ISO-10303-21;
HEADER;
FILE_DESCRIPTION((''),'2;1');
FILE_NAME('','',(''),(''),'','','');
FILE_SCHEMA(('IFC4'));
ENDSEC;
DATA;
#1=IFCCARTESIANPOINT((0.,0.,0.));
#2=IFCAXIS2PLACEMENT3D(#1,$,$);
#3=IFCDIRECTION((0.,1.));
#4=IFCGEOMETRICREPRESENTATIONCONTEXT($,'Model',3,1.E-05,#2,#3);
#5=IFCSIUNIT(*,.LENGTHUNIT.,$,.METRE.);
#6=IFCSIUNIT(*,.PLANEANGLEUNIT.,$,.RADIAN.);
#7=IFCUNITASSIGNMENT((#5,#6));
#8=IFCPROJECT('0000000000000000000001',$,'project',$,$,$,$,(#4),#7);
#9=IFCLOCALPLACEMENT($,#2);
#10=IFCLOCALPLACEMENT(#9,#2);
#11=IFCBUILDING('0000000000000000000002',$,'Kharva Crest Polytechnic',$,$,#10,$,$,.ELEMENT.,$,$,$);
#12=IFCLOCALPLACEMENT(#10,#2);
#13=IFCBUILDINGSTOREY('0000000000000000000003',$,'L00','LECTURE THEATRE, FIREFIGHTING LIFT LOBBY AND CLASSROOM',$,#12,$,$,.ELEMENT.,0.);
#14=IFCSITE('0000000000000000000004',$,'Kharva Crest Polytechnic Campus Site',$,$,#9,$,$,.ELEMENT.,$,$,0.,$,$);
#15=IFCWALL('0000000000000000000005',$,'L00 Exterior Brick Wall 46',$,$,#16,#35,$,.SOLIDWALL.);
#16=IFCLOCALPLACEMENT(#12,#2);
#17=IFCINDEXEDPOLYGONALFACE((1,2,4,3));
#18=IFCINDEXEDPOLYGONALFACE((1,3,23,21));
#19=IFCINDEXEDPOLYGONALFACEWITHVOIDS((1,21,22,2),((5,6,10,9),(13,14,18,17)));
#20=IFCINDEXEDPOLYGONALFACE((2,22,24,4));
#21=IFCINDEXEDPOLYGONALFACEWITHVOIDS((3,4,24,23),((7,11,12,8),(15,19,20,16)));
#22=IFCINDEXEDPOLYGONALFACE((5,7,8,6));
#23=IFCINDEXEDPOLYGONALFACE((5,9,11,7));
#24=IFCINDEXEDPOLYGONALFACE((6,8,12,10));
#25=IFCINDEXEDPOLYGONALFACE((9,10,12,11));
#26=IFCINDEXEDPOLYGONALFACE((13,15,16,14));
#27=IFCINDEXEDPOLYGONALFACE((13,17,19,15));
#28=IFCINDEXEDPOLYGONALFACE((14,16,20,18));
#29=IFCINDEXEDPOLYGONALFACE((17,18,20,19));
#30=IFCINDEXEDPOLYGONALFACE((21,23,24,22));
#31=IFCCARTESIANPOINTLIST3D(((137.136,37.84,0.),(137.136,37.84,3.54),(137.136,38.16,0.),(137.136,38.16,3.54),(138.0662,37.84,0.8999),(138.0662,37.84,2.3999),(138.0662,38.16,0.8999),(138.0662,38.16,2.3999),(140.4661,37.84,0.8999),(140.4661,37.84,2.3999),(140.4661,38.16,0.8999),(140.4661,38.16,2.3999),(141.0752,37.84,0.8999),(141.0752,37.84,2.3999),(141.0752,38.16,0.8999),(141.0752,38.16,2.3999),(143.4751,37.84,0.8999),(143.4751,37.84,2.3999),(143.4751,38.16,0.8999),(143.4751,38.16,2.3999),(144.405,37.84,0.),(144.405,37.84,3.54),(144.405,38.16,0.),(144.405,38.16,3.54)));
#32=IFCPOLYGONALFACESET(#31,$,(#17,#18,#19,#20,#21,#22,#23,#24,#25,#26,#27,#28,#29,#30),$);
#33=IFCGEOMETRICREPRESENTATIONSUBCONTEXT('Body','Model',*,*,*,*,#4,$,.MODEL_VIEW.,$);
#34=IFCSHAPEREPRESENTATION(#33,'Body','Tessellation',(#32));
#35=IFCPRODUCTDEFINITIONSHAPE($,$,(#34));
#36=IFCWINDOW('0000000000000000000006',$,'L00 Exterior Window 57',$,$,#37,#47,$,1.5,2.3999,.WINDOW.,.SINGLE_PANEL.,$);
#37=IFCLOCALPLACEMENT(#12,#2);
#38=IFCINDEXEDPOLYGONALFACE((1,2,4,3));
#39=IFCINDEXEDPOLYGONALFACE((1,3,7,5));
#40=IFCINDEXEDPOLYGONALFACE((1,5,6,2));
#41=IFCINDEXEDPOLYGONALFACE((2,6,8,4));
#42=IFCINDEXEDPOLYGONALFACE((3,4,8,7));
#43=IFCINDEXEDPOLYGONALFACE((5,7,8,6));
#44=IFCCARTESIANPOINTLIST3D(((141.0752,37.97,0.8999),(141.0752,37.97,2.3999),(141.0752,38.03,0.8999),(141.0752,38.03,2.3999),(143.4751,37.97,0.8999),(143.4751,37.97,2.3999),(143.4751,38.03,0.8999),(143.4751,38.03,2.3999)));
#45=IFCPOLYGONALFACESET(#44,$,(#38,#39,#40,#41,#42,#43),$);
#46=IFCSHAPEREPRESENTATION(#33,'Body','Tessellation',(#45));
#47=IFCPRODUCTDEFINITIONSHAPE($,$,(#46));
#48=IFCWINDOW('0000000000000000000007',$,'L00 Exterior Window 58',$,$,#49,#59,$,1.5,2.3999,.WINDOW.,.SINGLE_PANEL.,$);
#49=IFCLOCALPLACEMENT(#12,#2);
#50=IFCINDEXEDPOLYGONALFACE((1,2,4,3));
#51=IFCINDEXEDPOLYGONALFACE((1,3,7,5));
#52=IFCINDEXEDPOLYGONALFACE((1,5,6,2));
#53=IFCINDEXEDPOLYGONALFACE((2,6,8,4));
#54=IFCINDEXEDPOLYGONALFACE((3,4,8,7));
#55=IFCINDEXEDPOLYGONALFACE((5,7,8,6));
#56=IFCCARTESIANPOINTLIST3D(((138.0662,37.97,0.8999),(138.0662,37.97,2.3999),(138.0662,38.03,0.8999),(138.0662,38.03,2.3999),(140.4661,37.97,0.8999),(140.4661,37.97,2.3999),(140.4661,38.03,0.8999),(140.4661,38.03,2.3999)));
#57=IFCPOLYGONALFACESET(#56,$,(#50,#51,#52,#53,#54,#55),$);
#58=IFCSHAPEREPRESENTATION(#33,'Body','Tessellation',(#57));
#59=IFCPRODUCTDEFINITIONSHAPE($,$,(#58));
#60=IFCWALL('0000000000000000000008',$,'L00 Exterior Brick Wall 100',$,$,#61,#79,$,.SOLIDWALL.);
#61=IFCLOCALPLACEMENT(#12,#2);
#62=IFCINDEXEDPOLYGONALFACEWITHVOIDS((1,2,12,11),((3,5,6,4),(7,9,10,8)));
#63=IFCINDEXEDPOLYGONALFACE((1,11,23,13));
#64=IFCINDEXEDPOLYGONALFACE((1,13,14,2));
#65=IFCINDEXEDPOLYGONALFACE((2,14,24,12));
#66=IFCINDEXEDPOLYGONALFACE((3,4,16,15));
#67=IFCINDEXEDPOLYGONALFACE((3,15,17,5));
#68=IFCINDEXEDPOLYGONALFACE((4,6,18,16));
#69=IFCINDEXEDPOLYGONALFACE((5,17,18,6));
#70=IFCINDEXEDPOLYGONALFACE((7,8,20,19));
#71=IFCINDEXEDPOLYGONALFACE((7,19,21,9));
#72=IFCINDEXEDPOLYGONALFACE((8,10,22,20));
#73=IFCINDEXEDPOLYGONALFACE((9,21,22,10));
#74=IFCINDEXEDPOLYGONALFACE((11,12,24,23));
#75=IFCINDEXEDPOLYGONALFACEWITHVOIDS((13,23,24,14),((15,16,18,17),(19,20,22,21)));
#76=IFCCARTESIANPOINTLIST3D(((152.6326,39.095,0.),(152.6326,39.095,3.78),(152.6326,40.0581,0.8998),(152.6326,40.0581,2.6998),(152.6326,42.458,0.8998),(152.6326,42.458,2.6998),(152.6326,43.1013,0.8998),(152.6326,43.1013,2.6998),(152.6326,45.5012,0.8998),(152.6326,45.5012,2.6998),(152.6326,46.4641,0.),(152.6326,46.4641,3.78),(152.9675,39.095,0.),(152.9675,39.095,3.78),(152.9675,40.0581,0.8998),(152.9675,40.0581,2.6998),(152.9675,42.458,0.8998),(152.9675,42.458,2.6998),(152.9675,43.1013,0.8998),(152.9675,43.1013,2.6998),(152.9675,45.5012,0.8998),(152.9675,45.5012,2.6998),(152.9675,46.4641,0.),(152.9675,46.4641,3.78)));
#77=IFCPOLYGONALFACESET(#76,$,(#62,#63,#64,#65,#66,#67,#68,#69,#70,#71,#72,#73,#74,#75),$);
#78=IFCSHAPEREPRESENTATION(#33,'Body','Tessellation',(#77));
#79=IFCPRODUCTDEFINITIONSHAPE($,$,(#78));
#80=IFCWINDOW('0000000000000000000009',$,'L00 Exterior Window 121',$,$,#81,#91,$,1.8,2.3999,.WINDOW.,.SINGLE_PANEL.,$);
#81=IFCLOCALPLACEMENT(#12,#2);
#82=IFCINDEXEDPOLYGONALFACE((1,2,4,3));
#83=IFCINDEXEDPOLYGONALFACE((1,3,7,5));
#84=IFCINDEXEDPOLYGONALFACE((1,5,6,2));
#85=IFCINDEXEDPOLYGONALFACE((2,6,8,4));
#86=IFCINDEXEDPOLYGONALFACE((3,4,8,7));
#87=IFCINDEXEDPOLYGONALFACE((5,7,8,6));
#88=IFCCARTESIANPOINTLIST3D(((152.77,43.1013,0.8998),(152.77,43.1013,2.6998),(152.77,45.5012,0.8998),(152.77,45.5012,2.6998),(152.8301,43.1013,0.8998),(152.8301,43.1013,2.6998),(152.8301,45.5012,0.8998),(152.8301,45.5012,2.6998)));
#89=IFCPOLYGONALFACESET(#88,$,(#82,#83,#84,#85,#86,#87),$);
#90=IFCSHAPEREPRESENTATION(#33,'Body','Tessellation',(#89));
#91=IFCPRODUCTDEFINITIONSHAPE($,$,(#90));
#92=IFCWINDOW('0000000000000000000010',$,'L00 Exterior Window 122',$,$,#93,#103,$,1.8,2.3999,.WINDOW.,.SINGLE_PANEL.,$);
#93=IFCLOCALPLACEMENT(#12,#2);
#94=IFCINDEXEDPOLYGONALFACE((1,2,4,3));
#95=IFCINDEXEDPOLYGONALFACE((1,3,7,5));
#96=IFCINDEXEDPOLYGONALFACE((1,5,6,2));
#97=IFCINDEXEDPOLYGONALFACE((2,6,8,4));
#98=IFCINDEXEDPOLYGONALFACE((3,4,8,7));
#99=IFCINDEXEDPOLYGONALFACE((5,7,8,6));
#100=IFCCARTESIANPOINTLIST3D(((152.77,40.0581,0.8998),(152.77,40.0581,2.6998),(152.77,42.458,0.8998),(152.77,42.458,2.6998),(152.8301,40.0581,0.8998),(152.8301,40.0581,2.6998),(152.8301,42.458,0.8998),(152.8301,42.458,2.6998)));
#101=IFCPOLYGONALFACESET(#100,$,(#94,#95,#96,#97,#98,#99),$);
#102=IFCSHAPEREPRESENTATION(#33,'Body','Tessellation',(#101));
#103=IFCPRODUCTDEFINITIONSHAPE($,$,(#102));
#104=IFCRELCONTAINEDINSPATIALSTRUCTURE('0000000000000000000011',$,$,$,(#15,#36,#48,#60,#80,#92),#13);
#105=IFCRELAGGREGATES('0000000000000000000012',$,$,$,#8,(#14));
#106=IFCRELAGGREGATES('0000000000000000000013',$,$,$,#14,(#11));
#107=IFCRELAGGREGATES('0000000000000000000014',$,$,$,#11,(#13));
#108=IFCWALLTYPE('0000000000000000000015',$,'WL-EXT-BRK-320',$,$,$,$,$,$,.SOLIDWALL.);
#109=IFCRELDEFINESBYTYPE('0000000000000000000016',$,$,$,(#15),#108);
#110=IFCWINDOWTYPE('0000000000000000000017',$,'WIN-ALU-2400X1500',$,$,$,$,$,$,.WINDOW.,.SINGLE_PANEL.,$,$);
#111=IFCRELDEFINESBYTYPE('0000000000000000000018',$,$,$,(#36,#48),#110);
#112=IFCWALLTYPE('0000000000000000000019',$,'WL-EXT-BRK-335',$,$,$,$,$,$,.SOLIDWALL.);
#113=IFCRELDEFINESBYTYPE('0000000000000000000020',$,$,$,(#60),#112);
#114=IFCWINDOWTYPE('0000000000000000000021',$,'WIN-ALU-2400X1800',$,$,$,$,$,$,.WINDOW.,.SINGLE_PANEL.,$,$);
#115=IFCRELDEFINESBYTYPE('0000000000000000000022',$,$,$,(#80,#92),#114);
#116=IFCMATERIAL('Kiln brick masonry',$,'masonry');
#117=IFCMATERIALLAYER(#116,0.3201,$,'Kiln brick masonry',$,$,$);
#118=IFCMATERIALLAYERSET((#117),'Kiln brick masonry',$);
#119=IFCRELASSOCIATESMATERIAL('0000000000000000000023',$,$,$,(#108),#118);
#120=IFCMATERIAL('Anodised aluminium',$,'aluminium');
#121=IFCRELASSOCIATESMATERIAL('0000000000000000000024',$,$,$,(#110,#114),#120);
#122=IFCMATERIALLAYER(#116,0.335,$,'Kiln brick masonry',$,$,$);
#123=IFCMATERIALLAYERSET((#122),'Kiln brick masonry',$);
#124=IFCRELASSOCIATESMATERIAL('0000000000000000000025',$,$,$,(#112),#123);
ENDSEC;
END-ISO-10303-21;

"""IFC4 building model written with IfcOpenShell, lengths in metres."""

from ifc_helpers import new_model, si_unit, direction, frame, frame_2d, origin, place, context, subcontext, project, spatial, rectangle, extrude, material, layer, layer_set, type_object, element, fill, save


model = new_model("IFC4")

# Units and contexts
model_context = context("Model", 3, precision=1e-05, world=origin(), true_north=direction((0.0, 1.0)))
body_context = subcontext(model_context, "Body", "Model", "MODEL_VIEW")
ifc_project = project(units=[si_unit("LENGTHUNIT", "METRE"), si_unit("PLANEANGLEUNIT", "RADIAN")], contexts=[model_context])

# Site, building, storey
site_placement = place(None, origin())
site = spatial("IfcSite", under=ifc_project, at=site_placement, Name="Kharva Crest Polytechnic Campus Site", CompositionType="ELEMENT", RefElevation=0.0)
building_placement = place(site_placement, origin())
building = spatial("IfcBuilding", under=site, at=building_placement, Name="Kharva Crest Polytechnic", CompositionType="ELEMENT")
storey_placement = place(building_placement, origin())
storey = spatial("IfcBuildingStorey", under=building, at=storey_placement, Name="L00", Description="LECTURE THEATRE, FIREFIGHTING LIFT LOBBY AND CLASSROOM", CompositionType="ELEMENT", Elevation=0.0)

# Walls, openings, windows
ifc_material_1 = material(Name="Kiln brick masonry", Category="masonry")
ifc_layer_1 = layer(ifc_material_1, 0.3201, Name="Kiln brick masonry")
ifc_layer_set_1 = layer_set([ifc_layer_1], Name="Kiln brick masonry")
wall_type_1 = type_object("IfcWallType", Name="WL-EXT-BRK-320", PredefinedType="SOLIDWALL", material=ifc_layer_set_1)
wall_1_placement = place(storey_placement, frame((144.405, 38.0, 0.0), z_axis=(0.0, 0.0, 1.0), x_axis=(-1.0, 0.0, 0.0)))
wall_1 = element("IfcWall", 1, at=wall_1_placement, inside=storey, type_object=wall_type_1, Name="L00 Exterior Brick Wall 46", PredefinedType="SOLIDWALL", context=body_context, shape_type="SweptSolid", body=[
    extrude(rectangle(XDim=7.269, YDim=0.3201, at=frame_2d((3.6345, 0.0))), origin(), (0.0, 0.0, 1.0), 3.54),
])
opening_1_placement = place(wall_1_placement, frame((0.9299, 0.0, 0.8999)))
opening_1 = element("IfcOpeningElement", 2, at=opening_1_placement, cuts=wall_1, PredefinedType="OPENING", context=body_context, shape_type="SweptSolid", body=[
    extrude(rectangle(XDim=2.3999, YDim=1.5, at=frame_2d((1.2, 0.75))), frame((0.0, 0.1699, 0.0), z_axis=(0.0, -1.0, 0.0), x_axis=(1.0, 0.0, 0.0)), (0.0, 0.0, 1.0), 0.3401),
])
opening_2_placement = place(wall_1_placement, frame((3.939, 0.0, 0.8999)))
opening_2 = element("IfcOpeningElement", 3, at=opening_2_placement, cuts=wall_1, PredefinedType="OPENING", context=body_context, shape_type="SweptSolid", body=[
    extrude(rectangle(XDim=2.3999, YDim=1.5, at=frame_2d((1.2, 0.75))), frame((0.0, 0.1699, 0.0), z_axis=(0.0, -1.0, 0.0), x_axis=(1.0, 0.0, 0.0)), (0.0, 0.0, 1.0), 0.3401),
])
ifc_material_2 = material(Name="Anodised aluminium", Category="aluminium")
window_type_1 = type_object("IfcWindowType", Name="WIN-ALU-2400X1500", PartitioningType="SINGLE_PANEL", PredefinedType="WINDOW", material=ifc_material_2)
window_1_placement = place(opening_1_placement, origin())
window_1 = element("IfcWindow", 4, at=window_1_placement, inside=storey, type_object=window_type_1, Name="L00 Exterior Window 57", OverallHeight=1.5, OverallWidth=2.3999, PartitioningType="SINGLE_PANEL", PredefinedType="WINDOW", context=body_context, shape_type="SweptSolid", body=[
    extrude(rectangle(XDim=2.3999, YDim=1.5, at=frame_2d((1.2, 0.75))), frame((0.0, 0.03, 0.0), z_axis=(0.0, -1.0, 0.0), x_axis=(1.0, 0.0, 0.0)), (0.0, 0.0, 1.0), 0.0601),
])
fill(opening_1, window_1)
window_2_placement = place(opening_2_placement, origin())
window_2 = element("IfcWindow", 5, at=window_2_placement, inside=storey, type_object=window_type_1, Name="L00 Exterior Window 58", OverallHeight=1.5, OverallWidth=2.3999, PartitioningType="SINGLE_PANEL", PredefinedType="WINDOW", context=body_context, shape_type="SweptSolid", body=[
    extrude(rectangle(XDim=2.3999, YDim=1.5, at=frame_2d((1.2, 0.75))), frame((0.0, 0.03, 0.0), z_axis=(0.0, -1.0, 0.0), x_axis=(1.0, 0.0, 0.0)), (0.0, 0.0, 1.0), 0.0601),
])
fill(opening_2, window_2)
ifc_layer_2 = layer(ifc_material_1, 0.335, Name="Kiln brick masonry")
ifc_layer_set_2 = layer_set([ifc_layer_2], Name="Kiln brick masonry")
wall_type_2 = type_object("IfcWallType", Name="WL-EXT-BRK-335", PredefinedType="SOLIDWALL", material=ifc_layer_set_2)
wall_2_placement = place(storey_placement, frame((152.8, 46.4641, 0.0), z_axis=(0.0, 0.0, 1.0), x_axis=(0.0, -1.0, 0.0)))
wall_2 = element("IfcWall", 6, at=wall_2_placement, inside=storey, type_object=wall_type_2, Name="L00 Exterior Brick Wall 100", PredefinedType="SOLIDWALL", context=body_context, shape_type="SweptSolid", body=[
    extrude(rectangle(XDim=7.3691, YDim=0.335, at=frame_2d((3.6846, 0.0))), origin(), (0.0, 0.0, 1.0), 3.78),
])
opening_3_placement = place(wall_2_placement, frame((0.9629, 0.0, 0.8999)))
opening_3 = element("IfcOpeningElement", 7, at=opening_3_placement, cuts=wall_2, PredefinedType="OPENING", context=body_context, shape_type="SweptSolid", body=[
    extrude(rectangle(XDim=2.3999, YDim=1.8, at=frame_2d((1.2, 0.8999))), frame((0.0, 0.1775, 0.0), z_axis=(0.0, -1.0, 0.0), x_axis=(1.0, 0.0, 0.0)), (0.0, 0.0, 1.0), 0.355),
])
opening_4_placement = place(wall_2_placement, frame((4.0061, 0.0, 0.8999)))
opening_4 = element("IfcOpeningElement", 8, at=opening_4_placement, cuts=wall_2, PredefinedType="OPENING", context=body_context, shape_type="SweptSolid", body=[
    extrude(rectangle(XDim=2.3999, YDim=1.8, at=frame_2d((1.2, 0.8999))), frame((0.0, 0.1775, 0.0), z_axis=(0.0, -1.0, 0.0), x_axis=(1.0, 0.0, 0.0)), (0.0, 0.0, 1.0), 0.355),
])
window_type_2 = type_object("IfcWindowType", Name="WIN-ALU-2400X1800", PartitioningType="SINGLE_PANEL", PredefinedType="WINDOW", material=ifc_material_2)
window_3_placement = place(opening_3_placement, origin())
window_3 = element("IfcWindow", 9, at=window_3_placement, inside=storey, type_object=window_type_2, Name="L00 Exterior Window 121", OverallHeight=1.8, OverallWidth=2.3999, PartitioningType="SINGLE_PANEL", PredefinedType="WINDOW", context=body_context, shape_type="SweptSolid", body=[
    extrude(rectangle(XDim=2.3999, YDim=1.8, at=frame_2d((1.2, 0.8999))), frame((0.0, 0.03, 0.0), z_axis=(0.0, -1.0, 0.0), x_axis=(1.0, 0.0, 0.0)), (0.0, 0.0, 1.0), 0.0601),
])
fill(opening_3, window_3)
window_4_placement = place(opening_4_placement, origin())
window_4 = element("IfcWindow", 10, at=window_4_placement, inside=storey, type_object=window_type_2, Name="L00 Exterior Window 122", OverallHeight=1.8, OverallWidth=2.3999, PartitioningType="SINGLE_PANEL", PredefinedType="WINDOW", context=body_context, shape_type="SweptSolid", body=[
    extrude(rectangle(XDim=2.3999, YDim=1.8, at=frame_2d((1.2, 0.8999))), frame((0.0, 0.03, 0.0), z_axis=(0.0, -1.0, 0.0), x_axis=(1.0, 0.0, 0.0)), (0.0, 0.0, 1.0), 0.0601),
])
fill(opening_4, window_4)

save(model, "model.ifc")
